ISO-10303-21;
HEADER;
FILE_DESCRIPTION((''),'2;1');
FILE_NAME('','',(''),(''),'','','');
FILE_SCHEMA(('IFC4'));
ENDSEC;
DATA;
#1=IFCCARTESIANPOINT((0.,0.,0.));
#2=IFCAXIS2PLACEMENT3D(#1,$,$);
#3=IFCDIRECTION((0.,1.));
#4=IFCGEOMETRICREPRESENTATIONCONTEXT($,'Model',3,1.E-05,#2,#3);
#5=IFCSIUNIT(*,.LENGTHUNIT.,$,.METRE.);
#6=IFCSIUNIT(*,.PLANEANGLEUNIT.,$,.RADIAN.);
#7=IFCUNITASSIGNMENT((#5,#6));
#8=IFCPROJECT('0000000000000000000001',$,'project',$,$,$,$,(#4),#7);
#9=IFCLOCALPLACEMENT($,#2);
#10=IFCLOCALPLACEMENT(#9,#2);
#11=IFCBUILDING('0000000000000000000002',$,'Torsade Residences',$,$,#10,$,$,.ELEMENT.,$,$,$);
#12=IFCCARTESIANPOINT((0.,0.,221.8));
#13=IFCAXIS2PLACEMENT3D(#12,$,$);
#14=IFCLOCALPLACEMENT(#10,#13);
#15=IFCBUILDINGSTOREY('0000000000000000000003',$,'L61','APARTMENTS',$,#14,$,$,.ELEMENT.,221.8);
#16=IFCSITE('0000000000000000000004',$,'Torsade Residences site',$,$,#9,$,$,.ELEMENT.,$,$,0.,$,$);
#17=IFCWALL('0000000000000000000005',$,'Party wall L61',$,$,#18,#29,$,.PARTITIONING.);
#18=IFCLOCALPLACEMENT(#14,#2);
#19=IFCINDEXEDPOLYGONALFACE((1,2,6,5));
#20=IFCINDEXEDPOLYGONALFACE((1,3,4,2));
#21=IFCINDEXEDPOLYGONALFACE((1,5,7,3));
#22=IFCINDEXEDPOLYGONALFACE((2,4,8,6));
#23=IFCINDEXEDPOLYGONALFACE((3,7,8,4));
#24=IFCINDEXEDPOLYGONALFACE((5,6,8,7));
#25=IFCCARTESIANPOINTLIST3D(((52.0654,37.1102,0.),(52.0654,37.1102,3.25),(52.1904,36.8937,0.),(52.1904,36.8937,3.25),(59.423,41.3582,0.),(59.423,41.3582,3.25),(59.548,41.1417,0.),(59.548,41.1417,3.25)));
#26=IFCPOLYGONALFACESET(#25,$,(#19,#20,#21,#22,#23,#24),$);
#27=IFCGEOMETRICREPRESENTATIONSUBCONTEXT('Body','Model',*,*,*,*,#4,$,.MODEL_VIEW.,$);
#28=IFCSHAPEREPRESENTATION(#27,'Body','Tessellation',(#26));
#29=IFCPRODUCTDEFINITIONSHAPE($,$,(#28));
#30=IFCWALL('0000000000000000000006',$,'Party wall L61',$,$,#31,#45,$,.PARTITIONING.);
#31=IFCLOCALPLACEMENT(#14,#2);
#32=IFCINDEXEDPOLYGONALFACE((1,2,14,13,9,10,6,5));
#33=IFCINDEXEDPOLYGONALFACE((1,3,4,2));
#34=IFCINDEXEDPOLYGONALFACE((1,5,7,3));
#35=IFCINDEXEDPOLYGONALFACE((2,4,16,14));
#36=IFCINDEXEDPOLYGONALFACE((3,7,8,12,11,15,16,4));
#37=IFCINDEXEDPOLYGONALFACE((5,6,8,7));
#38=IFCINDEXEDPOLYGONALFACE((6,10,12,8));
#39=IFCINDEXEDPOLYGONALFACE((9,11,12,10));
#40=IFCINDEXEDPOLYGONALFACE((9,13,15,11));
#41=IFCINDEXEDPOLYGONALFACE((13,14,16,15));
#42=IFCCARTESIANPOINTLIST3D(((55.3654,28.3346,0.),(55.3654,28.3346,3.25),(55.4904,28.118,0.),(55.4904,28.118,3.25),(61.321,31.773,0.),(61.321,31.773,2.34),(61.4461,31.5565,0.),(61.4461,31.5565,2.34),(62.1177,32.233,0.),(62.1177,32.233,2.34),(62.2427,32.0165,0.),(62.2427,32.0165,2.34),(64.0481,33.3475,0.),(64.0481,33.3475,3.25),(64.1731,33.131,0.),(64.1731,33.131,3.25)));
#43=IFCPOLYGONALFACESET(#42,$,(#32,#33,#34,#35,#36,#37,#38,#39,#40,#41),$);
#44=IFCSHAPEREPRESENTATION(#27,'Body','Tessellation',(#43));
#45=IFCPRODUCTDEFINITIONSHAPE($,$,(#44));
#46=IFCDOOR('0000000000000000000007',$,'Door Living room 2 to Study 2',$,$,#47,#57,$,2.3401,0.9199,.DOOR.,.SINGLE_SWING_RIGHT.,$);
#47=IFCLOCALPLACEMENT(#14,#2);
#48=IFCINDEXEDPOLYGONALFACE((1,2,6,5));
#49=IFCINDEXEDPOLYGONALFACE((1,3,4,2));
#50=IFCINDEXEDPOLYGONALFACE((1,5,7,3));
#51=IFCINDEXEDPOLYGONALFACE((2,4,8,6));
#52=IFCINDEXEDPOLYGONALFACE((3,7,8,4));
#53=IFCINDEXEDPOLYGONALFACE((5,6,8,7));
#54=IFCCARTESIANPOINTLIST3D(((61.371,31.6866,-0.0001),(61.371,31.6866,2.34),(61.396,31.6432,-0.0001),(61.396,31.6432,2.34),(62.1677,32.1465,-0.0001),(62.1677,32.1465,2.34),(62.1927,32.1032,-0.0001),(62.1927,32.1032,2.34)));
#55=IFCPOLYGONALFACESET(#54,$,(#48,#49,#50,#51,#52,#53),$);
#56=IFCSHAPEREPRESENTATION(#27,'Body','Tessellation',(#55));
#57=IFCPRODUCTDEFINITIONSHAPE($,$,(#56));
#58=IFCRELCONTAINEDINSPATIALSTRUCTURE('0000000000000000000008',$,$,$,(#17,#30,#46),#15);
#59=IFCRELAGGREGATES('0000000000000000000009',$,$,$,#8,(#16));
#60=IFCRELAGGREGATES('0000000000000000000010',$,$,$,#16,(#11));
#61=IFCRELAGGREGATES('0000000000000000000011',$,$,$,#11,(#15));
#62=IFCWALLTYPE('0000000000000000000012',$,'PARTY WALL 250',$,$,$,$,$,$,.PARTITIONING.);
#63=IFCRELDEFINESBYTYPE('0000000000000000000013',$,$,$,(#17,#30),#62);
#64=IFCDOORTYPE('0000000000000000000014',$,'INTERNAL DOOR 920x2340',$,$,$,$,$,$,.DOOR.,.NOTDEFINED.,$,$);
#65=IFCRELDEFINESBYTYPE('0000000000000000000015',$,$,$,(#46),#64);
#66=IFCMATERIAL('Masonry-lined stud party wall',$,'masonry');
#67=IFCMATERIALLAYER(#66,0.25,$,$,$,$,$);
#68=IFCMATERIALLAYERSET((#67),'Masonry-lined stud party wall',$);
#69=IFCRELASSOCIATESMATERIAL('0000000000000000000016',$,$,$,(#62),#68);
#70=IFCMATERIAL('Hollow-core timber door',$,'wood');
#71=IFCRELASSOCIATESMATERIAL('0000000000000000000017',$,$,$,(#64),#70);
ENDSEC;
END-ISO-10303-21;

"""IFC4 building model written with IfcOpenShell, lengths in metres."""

from ifc_helpers import new_model, si_unit, direction, frame, frame_2d, origin, place, context, subcontext, project, spatial, rectangle, extrude, material, layer, layer_set, type_object, element, fill, save


model = new_model("IFC4")

# Units and contexts
model_context = context("Model", 3, precision=1e-05, world=origin(), true_north=direction((0.0, 1.0)))
body_context = subcontext(model_context, "Body", "Model", "MODEL_VIEW")
ifc_project = project(units=[si_unit("LENGTHUNIT", "METRE"), si_unit("PLANEANGLEUNIT", "RADIAN")], contexts=[model_context])

# Site, building, storey
site_placement = place(None, origin())
site = spatial("IfcSite", under=ifc_project, at=site_placement, Name="Torsade Residences site", CompositionType="ELEMENT", RefElevation=0.0)
building_placement = place(site_placement, origin())
building = spatial("IfcBuilding", under=site, at=building_placement, Name="Torsade Residences", CompositionType="ELEMENT")
storey_placement = place(building_placement, frame((0.0, 0.0, 221.8)))
storey = spatial("IfcBuildingStorey", under=building, at=storey_placement, Name="L61", Description="APARTMENTS", CompositionType="ELEMENT", Elevation=221.8)

# Wall
ifc_material_1 = material(Name="Masonry-lined stud party wall", Category="masonry")
ifc_layer_1 = layer(ifc_material_1, 0.25)
ifc_layer_set_1 = layer_set([ifc_layer_1], Name="Masonry-lined stud party wall")
wall_type = type_object("IfcWallType", Name="PARTY WALL 250", PredefinedType="PARTITIONING", material=ifc_layer_set_1)
wall_1_placement = place(storey_placement, frame((59.4856, 41.25, 0.0), z_axis=(0.0, 0.0, 1.0), x_axis=(-0.86602, -0.500009, 0.0)))
element("IfcWall", 1, at=wall_1_placement, inside=storey, type_object=wall_type, Name="Party wall L61", PredefinedType="PARTITIONING", context=body_context, shape_type="SweptSolid", body=[
    extrude(rectangle(XDim=8.4958, YDim=0.25, at=frame_2d((4.248, 0.0))), origin(), (0.0, 0.0, 1.0), 3.25),
])

# Wall, opening, door
wall_2_placement = place(storey_placement, frame((64.1106, 33.2393, 0.0), z_axis=(0.0, 0.0, 1.0), x_axis=(-0.866024, -0.500002, 0.0)))
wall_2 = element("IfcWall", 2, at=wall_2_placement, inside=storey, type_object=wall_type, Name="Party wall L61", PredefinedType="PARTITIONING", context=body_context, shape_type="SweptSolid", body=[
    extrude(rectangle(XDim=10.0259, YDim=0.25, at=frame_2d((5.0129, 0.0))), origin(), (0.0, 0.0, 1.0), 3.25),
])
opening_placement = place(wall_2_placement, frame((2.229, 0.0, 0.0)))
opening = element("IfcOpeningElement", 3, at=opening_placement, cuts=wall_2, PredefinedType="OPENING", context=body_context, shape_type="SweptSolid", body=[
    extrude(rectangle(XDim=0.9199, YDim=2.3401, at=frame_2d((0.46, 1.1699))), frame((0.0, 0.135, 0.0), z_axis=(0.0, -1.0, 0.0), x_axis=(1.0, 0.0, 0.0)), (0.0, 0.0, 1.0), 0.27),
])
ifc_material_2 = material(Name="Hollow-core timber door", Category="wood")
door_type = type_object("IfcDoorType", Name="INTERNAL DOOR 920x2340", OperationType="NOTDEFINED", PredefinedType="DOOR", material=ifc_material_2)
door_placement = place(opening_placement, origin())
door = element("IfcDoor", 4, at=door_placement, inside=storey, type_object=door_type, Name="Door Living room 2 to Study 2", OperationType="SINGLE_SWING_RIGHT", OverallHeight=2.3401, OverallWidth=0.9199, PredefinedType="DOOR", context=body_context, shape_type="SweptSolid", body=[
    extrude(rectangle(XDim=0.9199, YDim=2.3401, at=frame_2d((0.46, 1.1699))), frame((0.0, 0.0249, 0.0), z_axis=(0.0, -1.0, 0.0), x_axis=(1.0, 0.0, 0.0)), (0.0, 0.0, 1.0), 0.05),
])
fill(opening, door)

save(model, "model.ifc")
